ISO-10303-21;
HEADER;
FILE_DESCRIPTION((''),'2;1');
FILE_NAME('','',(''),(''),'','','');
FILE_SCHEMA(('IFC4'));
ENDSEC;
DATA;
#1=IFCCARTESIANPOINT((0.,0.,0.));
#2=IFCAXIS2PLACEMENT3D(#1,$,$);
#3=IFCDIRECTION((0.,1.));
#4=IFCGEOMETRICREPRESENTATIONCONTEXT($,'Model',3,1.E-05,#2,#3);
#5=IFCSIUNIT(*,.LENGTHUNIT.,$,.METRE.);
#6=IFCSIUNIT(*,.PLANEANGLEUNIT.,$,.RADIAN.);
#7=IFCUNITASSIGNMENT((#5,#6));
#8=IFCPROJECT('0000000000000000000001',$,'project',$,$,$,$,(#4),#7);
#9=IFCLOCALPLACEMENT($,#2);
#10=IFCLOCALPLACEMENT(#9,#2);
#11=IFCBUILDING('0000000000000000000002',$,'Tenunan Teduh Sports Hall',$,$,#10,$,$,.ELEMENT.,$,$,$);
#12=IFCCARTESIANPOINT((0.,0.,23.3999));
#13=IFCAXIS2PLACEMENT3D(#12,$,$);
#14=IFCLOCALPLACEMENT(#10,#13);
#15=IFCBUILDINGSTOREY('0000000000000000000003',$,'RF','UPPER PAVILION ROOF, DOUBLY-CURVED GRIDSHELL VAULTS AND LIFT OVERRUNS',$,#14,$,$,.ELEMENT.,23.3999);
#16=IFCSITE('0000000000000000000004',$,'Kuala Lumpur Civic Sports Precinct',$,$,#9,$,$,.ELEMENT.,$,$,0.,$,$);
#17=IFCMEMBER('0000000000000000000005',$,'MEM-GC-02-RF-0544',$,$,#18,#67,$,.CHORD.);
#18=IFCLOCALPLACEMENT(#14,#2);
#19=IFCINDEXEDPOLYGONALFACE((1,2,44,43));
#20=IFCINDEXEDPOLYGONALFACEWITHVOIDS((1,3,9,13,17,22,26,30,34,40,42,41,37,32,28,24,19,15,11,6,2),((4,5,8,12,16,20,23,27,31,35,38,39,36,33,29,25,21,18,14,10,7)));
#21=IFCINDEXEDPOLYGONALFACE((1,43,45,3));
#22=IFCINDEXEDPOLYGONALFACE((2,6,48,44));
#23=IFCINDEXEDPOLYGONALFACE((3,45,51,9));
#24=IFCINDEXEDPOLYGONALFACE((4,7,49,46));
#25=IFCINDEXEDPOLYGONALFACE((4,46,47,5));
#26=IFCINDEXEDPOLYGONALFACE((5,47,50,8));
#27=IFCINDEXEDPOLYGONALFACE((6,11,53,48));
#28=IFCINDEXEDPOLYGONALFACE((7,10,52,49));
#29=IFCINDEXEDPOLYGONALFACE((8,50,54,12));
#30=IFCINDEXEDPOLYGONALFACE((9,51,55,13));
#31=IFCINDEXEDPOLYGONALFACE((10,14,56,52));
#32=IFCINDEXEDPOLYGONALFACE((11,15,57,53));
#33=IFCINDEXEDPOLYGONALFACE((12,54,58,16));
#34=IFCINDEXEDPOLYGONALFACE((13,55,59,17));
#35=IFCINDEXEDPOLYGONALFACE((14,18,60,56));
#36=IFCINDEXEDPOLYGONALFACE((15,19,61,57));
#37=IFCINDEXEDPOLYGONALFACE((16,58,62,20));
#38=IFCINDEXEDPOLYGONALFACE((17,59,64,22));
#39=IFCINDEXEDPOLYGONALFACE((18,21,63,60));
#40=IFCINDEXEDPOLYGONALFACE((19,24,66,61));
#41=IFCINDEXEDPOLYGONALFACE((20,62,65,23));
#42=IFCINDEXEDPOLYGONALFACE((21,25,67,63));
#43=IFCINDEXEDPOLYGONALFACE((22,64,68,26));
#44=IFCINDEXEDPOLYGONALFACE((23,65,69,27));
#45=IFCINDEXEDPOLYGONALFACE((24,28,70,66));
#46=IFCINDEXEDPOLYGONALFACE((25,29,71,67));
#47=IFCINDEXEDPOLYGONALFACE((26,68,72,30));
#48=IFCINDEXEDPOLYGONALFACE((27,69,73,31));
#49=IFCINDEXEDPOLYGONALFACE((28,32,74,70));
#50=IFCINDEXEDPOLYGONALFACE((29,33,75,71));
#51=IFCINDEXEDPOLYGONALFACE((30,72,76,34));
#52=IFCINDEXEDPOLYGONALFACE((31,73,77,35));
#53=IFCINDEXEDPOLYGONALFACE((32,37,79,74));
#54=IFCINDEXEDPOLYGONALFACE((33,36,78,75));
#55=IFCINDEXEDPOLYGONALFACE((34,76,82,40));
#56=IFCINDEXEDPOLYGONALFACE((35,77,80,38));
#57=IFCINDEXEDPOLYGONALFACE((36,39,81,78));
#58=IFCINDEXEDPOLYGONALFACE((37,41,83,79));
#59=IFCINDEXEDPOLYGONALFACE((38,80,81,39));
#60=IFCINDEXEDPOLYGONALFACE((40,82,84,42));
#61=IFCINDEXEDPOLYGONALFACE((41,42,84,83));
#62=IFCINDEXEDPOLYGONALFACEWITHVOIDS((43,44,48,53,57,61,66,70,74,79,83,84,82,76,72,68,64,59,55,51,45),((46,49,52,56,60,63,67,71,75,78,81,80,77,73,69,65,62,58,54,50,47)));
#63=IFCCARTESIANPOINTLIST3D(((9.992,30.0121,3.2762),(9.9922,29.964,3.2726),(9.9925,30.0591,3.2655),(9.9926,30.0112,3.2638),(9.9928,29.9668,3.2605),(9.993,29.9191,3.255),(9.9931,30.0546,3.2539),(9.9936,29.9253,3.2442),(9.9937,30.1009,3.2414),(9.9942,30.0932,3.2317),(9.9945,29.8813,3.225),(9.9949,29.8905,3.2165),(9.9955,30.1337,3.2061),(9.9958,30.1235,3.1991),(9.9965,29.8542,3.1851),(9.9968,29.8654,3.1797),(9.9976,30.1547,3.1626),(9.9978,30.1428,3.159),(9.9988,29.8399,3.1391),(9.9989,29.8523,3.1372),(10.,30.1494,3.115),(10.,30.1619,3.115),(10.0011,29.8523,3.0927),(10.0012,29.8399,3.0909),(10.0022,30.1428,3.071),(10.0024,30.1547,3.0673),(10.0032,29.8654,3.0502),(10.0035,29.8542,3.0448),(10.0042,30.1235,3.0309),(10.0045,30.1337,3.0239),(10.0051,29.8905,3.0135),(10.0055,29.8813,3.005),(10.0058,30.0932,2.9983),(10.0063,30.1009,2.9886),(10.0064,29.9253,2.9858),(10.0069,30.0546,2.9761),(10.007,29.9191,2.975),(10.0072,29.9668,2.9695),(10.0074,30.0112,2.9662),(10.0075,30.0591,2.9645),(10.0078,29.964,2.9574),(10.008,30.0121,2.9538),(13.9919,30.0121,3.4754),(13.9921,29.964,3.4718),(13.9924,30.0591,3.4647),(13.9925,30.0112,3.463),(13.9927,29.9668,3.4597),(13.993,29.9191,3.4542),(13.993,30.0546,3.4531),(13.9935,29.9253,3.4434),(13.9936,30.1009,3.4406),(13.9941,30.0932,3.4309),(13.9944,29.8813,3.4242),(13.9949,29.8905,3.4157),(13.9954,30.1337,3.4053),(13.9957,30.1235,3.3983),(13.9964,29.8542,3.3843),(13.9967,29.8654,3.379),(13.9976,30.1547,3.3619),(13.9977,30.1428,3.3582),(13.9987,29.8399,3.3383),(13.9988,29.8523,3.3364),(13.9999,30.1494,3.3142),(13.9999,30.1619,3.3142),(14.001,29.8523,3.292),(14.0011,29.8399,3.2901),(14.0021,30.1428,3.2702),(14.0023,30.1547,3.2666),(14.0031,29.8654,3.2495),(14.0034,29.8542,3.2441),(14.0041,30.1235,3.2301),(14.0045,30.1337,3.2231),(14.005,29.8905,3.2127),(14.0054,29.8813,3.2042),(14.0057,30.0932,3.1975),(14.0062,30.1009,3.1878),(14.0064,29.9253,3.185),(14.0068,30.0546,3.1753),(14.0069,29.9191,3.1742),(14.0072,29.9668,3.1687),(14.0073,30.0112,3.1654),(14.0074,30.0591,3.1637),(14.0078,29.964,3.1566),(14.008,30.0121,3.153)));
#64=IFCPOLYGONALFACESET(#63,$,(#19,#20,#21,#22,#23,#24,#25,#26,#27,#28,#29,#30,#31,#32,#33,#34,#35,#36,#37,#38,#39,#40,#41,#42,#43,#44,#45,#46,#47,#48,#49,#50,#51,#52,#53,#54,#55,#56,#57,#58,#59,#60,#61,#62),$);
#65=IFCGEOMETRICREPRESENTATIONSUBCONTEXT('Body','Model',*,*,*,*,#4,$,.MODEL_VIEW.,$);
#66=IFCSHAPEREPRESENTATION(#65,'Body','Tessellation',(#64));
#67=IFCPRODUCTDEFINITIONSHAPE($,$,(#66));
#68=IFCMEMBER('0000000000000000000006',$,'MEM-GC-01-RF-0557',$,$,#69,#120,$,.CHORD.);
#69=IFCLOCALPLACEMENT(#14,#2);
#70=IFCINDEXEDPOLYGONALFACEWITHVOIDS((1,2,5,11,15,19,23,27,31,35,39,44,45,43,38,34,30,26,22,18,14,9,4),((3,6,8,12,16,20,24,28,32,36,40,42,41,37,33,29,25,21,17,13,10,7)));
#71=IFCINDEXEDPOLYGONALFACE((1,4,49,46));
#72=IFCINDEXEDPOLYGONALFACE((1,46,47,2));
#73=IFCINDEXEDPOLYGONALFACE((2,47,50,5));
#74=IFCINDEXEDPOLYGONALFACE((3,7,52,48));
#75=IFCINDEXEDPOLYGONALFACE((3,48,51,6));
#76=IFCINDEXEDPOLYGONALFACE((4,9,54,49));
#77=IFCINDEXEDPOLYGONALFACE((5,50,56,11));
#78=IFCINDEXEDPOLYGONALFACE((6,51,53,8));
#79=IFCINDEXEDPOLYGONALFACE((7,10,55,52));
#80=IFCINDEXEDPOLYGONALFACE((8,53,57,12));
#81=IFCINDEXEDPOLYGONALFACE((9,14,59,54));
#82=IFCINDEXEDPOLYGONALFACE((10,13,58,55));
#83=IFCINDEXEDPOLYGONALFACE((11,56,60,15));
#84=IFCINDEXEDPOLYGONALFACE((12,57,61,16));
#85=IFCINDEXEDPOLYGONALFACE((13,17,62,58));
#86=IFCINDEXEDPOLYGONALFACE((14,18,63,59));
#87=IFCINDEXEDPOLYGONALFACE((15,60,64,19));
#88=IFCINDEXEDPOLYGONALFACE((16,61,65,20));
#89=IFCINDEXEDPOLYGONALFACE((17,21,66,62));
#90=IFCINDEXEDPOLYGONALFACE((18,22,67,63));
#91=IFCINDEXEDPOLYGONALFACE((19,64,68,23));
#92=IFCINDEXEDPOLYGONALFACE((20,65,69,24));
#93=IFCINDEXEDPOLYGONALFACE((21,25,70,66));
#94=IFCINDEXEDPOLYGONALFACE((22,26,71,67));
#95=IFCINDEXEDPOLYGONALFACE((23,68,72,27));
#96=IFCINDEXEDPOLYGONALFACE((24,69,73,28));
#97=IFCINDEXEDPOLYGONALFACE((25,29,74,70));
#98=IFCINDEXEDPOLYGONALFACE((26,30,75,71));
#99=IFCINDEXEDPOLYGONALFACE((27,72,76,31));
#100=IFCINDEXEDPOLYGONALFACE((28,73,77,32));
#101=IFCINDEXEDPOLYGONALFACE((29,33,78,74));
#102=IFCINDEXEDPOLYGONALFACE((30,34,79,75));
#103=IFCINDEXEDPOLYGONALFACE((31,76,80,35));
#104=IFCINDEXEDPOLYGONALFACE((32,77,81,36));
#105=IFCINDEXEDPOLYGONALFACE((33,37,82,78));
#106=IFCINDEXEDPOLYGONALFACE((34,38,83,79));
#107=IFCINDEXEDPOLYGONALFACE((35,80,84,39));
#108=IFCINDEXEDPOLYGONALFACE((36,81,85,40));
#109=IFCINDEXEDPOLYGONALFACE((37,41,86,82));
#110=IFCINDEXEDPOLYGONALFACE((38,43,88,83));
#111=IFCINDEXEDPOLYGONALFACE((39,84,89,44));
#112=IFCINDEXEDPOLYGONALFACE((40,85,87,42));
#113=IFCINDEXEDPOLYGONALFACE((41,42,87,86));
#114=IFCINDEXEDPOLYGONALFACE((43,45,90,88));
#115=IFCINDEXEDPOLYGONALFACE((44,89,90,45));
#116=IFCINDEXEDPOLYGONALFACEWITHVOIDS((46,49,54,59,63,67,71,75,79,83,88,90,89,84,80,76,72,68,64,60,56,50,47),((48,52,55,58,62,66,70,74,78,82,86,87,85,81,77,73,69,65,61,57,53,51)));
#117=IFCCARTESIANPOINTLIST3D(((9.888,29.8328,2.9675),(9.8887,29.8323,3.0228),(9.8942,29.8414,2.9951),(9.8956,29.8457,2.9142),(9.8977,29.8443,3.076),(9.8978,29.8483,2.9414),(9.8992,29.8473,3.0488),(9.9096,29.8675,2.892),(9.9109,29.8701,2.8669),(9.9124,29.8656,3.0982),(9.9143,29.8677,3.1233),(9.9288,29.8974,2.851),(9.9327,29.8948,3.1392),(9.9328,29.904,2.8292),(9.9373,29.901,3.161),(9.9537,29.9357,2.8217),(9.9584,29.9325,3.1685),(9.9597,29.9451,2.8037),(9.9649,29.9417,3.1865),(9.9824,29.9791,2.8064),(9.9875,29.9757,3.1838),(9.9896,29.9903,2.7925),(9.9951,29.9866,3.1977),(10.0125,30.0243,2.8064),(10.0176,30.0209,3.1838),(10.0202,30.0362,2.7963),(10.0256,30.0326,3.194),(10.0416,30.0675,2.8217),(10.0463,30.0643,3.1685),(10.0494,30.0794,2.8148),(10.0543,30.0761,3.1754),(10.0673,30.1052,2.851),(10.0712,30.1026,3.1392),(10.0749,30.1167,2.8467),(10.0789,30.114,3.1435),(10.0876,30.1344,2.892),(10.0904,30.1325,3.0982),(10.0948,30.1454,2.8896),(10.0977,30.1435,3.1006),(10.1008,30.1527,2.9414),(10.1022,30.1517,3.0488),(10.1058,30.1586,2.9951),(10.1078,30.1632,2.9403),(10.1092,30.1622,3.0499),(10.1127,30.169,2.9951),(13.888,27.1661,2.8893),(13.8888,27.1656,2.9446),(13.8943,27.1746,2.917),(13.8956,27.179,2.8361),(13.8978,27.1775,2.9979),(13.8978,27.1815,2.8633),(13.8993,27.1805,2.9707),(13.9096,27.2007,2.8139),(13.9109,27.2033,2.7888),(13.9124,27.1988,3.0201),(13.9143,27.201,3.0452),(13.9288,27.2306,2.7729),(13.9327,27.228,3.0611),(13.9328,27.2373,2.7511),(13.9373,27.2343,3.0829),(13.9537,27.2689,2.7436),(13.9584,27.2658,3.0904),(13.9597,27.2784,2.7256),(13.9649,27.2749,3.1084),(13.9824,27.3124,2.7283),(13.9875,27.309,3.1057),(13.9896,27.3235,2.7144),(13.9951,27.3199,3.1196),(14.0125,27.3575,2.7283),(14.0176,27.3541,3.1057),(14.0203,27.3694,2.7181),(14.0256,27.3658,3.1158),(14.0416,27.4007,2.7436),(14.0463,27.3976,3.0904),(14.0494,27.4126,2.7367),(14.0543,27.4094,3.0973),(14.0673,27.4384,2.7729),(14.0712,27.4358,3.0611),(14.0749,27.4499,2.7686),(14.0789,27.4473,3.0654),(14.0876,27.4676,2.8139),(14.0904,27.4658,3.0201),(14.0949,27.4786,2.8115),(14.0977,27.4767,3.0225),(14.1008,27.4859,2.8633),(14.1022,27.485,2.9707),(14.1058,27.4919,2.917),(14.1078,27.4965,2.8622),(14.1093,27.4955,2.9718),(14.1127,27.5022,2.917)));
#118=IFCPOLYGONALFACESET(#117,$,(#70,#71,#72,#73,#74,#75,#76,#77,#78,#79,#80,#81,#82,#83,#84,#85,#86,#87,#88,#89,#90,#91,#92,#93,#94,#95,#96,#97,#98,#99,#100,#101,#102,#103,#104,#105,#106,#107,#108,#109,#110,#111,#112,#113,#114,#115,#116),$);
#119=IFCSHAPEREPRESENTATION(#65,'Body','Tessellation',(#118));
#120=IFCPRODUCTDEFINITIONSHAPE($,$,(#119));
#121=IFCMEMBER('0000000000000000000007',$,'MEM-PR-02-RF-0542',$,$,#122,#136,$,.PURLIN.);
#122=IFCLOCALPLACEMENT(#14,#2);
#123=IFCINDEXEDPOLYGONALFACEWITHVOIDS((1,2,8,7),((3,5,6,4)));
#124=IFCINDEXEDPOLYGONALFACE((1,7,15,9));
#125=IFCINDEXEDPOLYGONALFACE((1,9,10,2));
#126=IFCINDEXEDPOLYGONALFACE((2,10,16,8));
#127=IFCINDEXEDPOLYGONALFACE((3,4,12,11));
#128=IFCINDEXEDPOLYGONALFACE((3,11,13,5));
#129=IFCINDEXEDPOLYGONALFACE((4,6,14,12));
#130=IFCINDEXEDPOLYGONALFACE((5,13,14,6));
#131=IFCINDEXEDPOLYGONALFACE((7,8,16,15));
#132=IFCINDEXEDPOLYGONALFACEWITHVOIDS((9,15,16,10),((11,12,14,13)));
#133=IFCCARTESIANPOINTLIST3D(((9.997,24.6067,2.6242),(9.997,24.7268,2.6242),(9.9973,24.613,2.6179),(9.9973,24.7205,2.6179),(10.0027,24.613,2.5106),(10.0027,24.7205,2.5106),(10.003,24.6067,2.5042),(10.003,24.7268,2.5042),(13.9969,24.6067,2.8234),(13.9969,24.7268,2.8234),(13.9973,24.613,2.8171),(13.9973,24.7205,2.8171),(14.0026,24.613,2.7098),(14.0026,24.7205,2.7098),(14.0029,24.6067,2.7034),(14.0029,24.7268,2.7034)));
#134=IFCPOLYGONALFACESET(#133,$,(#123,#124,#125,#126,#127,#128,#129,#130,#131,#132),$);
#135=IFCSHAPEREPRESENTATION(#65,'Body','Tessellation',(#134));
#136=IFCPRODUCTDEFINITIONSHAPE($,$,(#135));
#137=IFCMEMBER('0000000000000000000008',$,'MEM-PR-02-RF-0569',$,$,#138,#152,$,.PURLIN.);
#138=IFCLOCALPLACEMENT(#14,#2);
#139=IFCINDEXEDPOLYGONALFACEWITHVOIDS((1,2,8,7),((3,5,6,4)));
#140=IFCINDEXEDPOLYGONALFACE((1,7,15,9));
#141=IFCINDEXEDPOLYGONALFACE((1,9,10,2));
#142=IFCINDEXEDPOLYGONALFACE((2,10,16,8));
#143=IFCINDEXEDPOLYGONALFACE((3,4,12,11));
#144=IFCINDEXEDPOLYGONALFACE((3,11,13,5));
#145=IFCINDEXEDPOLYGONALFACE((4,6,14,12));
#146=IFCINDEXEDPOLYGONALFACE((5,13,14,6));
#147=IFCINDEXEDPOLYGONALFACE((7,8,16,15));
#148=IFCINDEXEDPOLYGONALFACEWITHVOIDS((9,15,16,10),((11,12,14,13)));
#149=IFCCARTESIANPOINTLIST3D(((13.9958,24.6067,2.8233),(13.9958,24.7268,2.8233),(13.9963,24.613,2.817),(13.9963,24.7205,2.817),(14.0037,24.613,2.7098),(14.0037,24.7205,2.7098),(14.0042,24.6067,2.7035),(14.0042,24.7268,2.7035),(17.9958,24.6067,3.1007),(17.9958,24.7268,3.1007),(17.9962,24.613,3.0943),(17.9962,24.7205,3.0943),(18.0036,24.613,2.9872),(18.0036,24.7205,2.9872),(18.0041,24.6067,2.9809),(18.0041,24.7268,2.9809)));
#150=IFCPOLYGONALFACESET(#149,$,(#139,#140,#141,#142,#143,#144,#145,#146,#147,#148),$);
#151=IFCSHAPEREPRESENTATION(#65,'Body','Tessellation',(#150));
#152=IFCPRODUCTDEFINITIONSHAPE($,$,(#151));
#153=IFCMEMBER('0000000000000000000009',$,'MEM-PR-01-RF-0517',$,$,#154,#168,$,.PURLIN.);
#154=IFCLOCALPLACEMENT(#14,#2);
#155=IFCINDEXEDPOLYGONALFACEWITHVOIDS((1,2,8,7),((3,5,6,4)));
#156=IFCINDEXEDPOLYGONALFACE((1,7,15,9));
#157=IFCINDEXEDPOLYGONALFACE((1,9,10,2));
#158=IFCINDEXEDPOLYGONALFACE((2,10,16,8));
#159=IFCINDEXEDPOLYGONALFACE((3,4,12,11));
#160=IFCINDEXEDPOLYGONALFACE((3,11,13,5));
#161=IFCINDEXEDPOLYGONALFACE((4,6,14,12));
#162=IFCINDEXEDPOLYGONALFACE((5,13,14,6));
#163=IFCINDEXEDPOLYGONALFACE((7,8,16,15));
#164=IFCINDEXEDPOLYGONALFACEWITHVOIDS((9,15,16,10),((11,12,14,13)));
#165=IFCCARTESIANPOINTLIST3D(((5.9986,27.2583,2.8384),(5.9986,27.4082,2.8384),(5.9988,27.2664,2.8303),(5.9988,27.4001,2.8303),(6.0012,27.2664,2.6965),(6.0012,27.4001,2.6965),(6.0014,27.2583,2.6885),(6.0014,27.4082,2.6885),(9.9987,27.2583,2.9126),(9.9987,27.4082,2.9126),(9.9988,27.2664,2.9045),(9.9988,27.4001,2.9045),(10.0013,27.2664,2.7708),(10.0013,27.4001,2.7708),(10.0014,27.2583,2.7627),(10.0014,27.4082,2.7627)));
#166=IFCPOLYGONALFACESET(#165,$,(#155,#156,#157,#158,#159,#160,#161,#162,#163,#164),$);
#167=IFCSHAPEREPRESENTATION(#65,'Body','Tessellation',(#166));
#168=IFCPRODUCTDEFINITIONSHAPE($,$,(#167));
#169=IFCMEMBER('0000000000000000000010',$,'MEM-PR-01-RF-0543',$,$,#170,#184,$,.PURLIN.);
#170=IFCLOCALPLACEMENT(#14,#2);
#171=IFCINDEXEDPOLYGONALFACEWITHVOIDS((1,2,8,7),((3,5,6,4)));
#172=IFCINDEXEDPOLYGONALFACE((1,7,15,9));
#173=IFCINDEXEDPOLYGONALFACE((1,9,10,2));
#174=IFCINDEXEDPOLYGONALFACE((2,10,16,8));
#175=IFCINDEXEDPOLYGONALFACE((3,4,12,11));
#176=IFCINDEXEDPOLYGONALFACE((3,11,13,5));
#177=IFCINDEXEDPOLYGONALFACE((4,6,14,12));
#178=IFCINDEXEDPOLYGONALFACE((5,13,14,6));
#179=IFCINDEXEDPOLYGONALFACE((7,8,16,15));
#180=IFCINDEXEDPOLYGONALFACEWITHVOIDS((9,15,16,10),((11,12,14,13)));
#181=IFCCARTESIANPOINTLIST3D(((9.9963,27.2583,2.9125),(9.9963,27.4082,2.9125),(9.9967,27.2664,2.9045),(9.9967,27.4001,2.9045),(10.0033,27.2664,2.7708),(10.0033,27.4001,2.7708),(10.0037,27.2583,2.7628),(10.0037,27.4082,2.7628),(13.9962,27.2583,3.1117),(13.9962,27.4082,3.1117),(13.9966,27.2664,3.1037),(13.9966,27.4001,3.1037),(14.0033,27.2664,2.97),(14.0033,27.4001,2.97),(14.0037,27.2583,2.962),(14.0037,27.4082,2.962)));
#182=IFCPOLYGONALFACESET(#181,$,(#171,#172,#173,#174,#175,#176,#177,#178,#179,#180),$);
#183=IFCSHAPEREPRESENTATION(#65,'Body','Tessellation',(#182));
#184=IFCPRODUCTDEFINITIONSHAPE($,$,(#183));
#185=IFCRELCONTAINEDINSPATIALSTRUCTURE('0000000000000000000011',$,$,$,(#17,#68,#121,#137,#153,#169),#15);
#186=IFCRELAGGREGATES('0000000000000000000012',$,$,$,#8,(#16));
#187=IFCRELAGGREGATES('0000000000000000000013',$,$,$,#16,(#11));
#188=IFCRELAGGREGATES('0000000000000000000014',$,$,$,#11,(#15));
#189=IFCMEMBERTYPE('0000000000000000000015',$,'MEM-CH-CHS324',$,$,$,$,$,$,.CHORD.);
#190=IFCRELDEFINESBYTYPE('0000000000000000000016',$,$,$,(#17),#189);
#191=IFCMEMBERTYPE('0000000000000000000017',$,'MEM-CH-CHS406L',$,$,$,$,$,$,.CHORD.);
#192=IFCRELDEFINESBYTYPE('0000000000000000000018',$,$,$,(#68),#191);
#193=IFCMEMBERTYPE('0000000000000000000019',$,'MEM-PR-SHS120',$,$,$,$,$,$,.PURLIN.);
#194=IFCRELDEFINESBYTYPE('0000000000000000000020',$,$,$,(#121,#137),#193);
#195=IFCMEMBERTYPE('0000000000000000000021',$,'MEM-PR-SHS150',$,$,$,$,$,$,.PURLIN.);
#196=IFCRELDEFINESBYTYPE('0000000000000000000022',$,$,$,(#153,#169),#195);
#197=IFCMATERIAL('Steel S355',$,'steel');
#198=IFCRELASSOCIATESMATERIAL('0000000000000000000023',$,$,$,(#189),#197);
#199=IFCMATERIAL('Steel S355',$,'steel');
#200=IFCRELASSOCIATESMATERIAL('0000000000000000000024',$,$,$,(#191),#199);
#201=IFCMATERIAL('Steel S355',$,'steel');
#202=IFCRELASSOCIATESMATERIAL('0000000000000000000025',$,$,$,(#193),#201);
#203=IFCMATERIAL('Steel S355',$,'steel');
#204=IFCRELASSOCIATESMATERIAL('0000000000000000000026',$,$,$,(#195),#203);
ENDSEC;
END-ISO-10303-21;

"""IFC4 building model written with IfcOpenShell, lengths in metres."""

from ifc_helpers import new_model, si_unit, direction, frame, origin, origin_2d, place, context, subcontext, project, spatial, hollow_rectangle, hollow_circle, extrude, material, material_profile, profile_set, type_object, element, save


model = new_model("IFC4")

# Units and contexts
model_context = context("Model", 3, precision=1e-05, world=origin(), true_north=direction((0.0, 1.0)))
body_context = subcontext(model_context, "Body", "Model", "MODEL_VIEW")
ifc_project = project(units=[si_unit("LENGTHUNIT", "METRE"), si_unit("PLANEANGLEUNIT", "RADIAN")], contexts=[model_context])

# Site, building, storey
site_placement = place(None, origin())
site = spatial("IfcSite", under=ifc_project, at=site_placement, Name="Kuala Lumpur Civic Sports Precinct", CompositionType="ELEMENT", RefElevation=0.0)
building_placement = place(site_placement, origin())
building = spatial("IfcBuilding", under=site, at=building_placement, Name="Tenunan Teduh Sports Hall", CompositionType="ELEMENT")
storey_placement = place(building_placement, frame((0.0, 0.0, 23.3999)))
storey = spatial("IfcBuildingStorey", under=building, at=storey_placement, Name="RF", Description="UPPER PAVILION ROOF, DOUBLY-CURVED GRIDSHELL VAULTS AND LIFT OVERRUNS", CompositionType="ELEMENT", Elevation=23.3999)

# Members
ifc_material_1 = material(Name="Steel S355", Category="steel")
ifc_material_profile_1 = material_profile(ifc_material_1, hollow_circle(Radius=0.1619, WallThickness=0.0125, at=origin_2d()), Name="CHS 323.9x12.5")
ifc_profile_set_1 = profile_set([ifc_material_profile_1], Name="Steel S355")
member_type_1 = type_object("IfcMemberType", Name="MEM-CH-CHS324", PredefinedType="CHORD", material=ifc_profile_set_1)
member_1_placement = place(storey_placement, frame((10.0, 30.0, 3.115), z_axis=(0.998762, 0.0, 0.049743), x_axis=(0.0, 1.0, 0.0)))
element("IfcMember", 1, at=member_1_placement, inside=storey, type_object=member_type_1, Name="MEM-GC-02-RF-0544", PredefinedType="CHORD", context=body_context, shape_type="SweptSolid", body=[
    extrude(hollow_circle(Radius=0.1619, WallThickness=0.0125, at=origin_2d()), origin(), (0.0, 0.0, 1.0), 4.0049),
])
ifc_material_2 = material(Name="Steel S355", Category="steel")
ifc_material_profile_2 = material_profile(ifc_material_2, hollow_circle(Radius=0.2031, WallThickness=0.0125, at=origin_2d()), Name="CHS 406.4x12.5")
ifc_profile_set_2 = profile_set([ifc_material_profile_2], Name="Steel S355")
member_type_2 = type_object("IfcMemberType", Name="MEM-CH-CHS406L", PredefinedType="CHORD", material=ifc_profile_set_2)
member_2_placement = place(storey_placement, frame((10.0, 30.0, 2.9951), z_axis=(0.831933, -0.554639, -0.016249), x_axis=(0.554712, 0.832042, 0.0)))
element("IfcMember", 2, at=member_2_placement, inside=storey, type_object=member_type_2, Name="MEM-GC-01-RF-0557", PredefinedType="CHORD", context=body_context, shape_type="SweptSolid", body=[
    extrude(hollow_circle(Radius=0.2031, WallThickness=0.0125, at=origin_2d()), origin(), (0.0, 0.0, 1.0), 4.8081),
])
ifc_material_3 = material(Name="Steel S355", Category="steel")
ifc_material_profile_3 = material_profile(ifc_material_3, hollow_rectangle(XDim=0.1201, YDim=0.1201, WallThickness=0.0063, at=origin_2d()), Name="SHS 120x120x6.3")
ifc_profile_set_3 = profile_set([ifc_material_profile_3], Name="Steel S355")
member_type_3 = type_object("IfcMemberType", Name="MEM-PR-SHS120", PredefinedType="PURLIN", material=ifc_profile_set_3)
member_3_placement = place(storey_placement, frame((10.0, 24.6667, 2.5642), z_axis=(0.998762, 0.0, 0.049743), x_axis=(0.0, 1.0, 0.0)))
element("IfcMember", 3, at=member_3_placement, inside=storey, type_object=member_type_3, Name="MEM-PR-02-RF-0542", PredefinedType="PURLIN", context=body_context, shape_type="SweptSolid", body=[
    extrude(hollow_rectangle(XDim=0.1201, YDim=0.1201, WallThickness=0.0063, at=origin_2d()), origin(), (0.0, 0.0, 1.0), 4.0049),
])
member_4_placement = place(storey_placement, frame((14.0, 24.6667, 2.7634), z_axis=(0.997605, 0.0, 0.06917), x_axis=(0.0, 1.0, 0.0)))
element("IfcMember", 4, at=member_4_placement, inside=storey, type_object=member_type_3, Name="MEM-PR-02-RF-0569", PredefinedType="PURLIN", context=body_context, shape_type="SweptSolid", body=[
    extrude(hollow_rectangle(XDim=0.1201, YDim=0.1201, WallThickness=0.0063, at=origin_2d()), origin(), (0.0, 0.0, 1.0), 4.0095),
])
ifc_material_4 = material(Name="Steel S355", Category="steel")
ifc_material_profile_4 = material_profile(ifc_material_4, hollow_rectangle(XDim=0.1499, YDim=0.1499, WallThickness=0.0081, at=origin_2d()), Name="SHS 150x150x8.0")
ifc_profile_set_4 = profile_set([ifc_material_profile_4], Name="Steel S355")
member_type_4 = type_object("IfcMemberType", Name="MEM-PR-SHS150", PredefinedType="PURLIN", material=ifc_profile_set_4)
member_5_placement = place(storey_placement, frame((6.0, 27.3333, 2.7634), z_axis=(0.999828, 0.0, 0.018551), x_axis=(0.0, 1.0, 0.0)))
element("IfcMember", 5, at=member_5_placement, inside=storey, type_object=member_type_4, Name="MEM-PR-01-RF-0517", PredefinedType="PURLIN", context=body_context, shape_type="SweptSolid", body=[
    extrude(hollow_rectangle(XDim=0.1499, YDim=0.1499, WallThickness=0.0081, at=origin_2d()), origin(), (0.0, 0.0, 1.0), 4.0007),
])
member_6_placement = place(storey_placement, frame((10.0, 27.3333, 2.8376), z_axis=(0.998762, 0.0, 0.049743), x_axis=(0.0, 1.0, 0.0)))
element("IfcMember", 6, at=member_6_placement, inside=storey, type_object=member_type_4, Name="MEM-PR-01-RF-0543", PredefinedType="PURLIN", context=body_context, shape_type="SweptSolid", body=[
    extrude(hollow_rectangle(XDim=0.1499, YDim=0.1499, WallThickness=0.0081, at=origin_2d()), origin(), (0.0, 0.0, 1.0), 4.0049),
])

save(model, "model.ifc")
